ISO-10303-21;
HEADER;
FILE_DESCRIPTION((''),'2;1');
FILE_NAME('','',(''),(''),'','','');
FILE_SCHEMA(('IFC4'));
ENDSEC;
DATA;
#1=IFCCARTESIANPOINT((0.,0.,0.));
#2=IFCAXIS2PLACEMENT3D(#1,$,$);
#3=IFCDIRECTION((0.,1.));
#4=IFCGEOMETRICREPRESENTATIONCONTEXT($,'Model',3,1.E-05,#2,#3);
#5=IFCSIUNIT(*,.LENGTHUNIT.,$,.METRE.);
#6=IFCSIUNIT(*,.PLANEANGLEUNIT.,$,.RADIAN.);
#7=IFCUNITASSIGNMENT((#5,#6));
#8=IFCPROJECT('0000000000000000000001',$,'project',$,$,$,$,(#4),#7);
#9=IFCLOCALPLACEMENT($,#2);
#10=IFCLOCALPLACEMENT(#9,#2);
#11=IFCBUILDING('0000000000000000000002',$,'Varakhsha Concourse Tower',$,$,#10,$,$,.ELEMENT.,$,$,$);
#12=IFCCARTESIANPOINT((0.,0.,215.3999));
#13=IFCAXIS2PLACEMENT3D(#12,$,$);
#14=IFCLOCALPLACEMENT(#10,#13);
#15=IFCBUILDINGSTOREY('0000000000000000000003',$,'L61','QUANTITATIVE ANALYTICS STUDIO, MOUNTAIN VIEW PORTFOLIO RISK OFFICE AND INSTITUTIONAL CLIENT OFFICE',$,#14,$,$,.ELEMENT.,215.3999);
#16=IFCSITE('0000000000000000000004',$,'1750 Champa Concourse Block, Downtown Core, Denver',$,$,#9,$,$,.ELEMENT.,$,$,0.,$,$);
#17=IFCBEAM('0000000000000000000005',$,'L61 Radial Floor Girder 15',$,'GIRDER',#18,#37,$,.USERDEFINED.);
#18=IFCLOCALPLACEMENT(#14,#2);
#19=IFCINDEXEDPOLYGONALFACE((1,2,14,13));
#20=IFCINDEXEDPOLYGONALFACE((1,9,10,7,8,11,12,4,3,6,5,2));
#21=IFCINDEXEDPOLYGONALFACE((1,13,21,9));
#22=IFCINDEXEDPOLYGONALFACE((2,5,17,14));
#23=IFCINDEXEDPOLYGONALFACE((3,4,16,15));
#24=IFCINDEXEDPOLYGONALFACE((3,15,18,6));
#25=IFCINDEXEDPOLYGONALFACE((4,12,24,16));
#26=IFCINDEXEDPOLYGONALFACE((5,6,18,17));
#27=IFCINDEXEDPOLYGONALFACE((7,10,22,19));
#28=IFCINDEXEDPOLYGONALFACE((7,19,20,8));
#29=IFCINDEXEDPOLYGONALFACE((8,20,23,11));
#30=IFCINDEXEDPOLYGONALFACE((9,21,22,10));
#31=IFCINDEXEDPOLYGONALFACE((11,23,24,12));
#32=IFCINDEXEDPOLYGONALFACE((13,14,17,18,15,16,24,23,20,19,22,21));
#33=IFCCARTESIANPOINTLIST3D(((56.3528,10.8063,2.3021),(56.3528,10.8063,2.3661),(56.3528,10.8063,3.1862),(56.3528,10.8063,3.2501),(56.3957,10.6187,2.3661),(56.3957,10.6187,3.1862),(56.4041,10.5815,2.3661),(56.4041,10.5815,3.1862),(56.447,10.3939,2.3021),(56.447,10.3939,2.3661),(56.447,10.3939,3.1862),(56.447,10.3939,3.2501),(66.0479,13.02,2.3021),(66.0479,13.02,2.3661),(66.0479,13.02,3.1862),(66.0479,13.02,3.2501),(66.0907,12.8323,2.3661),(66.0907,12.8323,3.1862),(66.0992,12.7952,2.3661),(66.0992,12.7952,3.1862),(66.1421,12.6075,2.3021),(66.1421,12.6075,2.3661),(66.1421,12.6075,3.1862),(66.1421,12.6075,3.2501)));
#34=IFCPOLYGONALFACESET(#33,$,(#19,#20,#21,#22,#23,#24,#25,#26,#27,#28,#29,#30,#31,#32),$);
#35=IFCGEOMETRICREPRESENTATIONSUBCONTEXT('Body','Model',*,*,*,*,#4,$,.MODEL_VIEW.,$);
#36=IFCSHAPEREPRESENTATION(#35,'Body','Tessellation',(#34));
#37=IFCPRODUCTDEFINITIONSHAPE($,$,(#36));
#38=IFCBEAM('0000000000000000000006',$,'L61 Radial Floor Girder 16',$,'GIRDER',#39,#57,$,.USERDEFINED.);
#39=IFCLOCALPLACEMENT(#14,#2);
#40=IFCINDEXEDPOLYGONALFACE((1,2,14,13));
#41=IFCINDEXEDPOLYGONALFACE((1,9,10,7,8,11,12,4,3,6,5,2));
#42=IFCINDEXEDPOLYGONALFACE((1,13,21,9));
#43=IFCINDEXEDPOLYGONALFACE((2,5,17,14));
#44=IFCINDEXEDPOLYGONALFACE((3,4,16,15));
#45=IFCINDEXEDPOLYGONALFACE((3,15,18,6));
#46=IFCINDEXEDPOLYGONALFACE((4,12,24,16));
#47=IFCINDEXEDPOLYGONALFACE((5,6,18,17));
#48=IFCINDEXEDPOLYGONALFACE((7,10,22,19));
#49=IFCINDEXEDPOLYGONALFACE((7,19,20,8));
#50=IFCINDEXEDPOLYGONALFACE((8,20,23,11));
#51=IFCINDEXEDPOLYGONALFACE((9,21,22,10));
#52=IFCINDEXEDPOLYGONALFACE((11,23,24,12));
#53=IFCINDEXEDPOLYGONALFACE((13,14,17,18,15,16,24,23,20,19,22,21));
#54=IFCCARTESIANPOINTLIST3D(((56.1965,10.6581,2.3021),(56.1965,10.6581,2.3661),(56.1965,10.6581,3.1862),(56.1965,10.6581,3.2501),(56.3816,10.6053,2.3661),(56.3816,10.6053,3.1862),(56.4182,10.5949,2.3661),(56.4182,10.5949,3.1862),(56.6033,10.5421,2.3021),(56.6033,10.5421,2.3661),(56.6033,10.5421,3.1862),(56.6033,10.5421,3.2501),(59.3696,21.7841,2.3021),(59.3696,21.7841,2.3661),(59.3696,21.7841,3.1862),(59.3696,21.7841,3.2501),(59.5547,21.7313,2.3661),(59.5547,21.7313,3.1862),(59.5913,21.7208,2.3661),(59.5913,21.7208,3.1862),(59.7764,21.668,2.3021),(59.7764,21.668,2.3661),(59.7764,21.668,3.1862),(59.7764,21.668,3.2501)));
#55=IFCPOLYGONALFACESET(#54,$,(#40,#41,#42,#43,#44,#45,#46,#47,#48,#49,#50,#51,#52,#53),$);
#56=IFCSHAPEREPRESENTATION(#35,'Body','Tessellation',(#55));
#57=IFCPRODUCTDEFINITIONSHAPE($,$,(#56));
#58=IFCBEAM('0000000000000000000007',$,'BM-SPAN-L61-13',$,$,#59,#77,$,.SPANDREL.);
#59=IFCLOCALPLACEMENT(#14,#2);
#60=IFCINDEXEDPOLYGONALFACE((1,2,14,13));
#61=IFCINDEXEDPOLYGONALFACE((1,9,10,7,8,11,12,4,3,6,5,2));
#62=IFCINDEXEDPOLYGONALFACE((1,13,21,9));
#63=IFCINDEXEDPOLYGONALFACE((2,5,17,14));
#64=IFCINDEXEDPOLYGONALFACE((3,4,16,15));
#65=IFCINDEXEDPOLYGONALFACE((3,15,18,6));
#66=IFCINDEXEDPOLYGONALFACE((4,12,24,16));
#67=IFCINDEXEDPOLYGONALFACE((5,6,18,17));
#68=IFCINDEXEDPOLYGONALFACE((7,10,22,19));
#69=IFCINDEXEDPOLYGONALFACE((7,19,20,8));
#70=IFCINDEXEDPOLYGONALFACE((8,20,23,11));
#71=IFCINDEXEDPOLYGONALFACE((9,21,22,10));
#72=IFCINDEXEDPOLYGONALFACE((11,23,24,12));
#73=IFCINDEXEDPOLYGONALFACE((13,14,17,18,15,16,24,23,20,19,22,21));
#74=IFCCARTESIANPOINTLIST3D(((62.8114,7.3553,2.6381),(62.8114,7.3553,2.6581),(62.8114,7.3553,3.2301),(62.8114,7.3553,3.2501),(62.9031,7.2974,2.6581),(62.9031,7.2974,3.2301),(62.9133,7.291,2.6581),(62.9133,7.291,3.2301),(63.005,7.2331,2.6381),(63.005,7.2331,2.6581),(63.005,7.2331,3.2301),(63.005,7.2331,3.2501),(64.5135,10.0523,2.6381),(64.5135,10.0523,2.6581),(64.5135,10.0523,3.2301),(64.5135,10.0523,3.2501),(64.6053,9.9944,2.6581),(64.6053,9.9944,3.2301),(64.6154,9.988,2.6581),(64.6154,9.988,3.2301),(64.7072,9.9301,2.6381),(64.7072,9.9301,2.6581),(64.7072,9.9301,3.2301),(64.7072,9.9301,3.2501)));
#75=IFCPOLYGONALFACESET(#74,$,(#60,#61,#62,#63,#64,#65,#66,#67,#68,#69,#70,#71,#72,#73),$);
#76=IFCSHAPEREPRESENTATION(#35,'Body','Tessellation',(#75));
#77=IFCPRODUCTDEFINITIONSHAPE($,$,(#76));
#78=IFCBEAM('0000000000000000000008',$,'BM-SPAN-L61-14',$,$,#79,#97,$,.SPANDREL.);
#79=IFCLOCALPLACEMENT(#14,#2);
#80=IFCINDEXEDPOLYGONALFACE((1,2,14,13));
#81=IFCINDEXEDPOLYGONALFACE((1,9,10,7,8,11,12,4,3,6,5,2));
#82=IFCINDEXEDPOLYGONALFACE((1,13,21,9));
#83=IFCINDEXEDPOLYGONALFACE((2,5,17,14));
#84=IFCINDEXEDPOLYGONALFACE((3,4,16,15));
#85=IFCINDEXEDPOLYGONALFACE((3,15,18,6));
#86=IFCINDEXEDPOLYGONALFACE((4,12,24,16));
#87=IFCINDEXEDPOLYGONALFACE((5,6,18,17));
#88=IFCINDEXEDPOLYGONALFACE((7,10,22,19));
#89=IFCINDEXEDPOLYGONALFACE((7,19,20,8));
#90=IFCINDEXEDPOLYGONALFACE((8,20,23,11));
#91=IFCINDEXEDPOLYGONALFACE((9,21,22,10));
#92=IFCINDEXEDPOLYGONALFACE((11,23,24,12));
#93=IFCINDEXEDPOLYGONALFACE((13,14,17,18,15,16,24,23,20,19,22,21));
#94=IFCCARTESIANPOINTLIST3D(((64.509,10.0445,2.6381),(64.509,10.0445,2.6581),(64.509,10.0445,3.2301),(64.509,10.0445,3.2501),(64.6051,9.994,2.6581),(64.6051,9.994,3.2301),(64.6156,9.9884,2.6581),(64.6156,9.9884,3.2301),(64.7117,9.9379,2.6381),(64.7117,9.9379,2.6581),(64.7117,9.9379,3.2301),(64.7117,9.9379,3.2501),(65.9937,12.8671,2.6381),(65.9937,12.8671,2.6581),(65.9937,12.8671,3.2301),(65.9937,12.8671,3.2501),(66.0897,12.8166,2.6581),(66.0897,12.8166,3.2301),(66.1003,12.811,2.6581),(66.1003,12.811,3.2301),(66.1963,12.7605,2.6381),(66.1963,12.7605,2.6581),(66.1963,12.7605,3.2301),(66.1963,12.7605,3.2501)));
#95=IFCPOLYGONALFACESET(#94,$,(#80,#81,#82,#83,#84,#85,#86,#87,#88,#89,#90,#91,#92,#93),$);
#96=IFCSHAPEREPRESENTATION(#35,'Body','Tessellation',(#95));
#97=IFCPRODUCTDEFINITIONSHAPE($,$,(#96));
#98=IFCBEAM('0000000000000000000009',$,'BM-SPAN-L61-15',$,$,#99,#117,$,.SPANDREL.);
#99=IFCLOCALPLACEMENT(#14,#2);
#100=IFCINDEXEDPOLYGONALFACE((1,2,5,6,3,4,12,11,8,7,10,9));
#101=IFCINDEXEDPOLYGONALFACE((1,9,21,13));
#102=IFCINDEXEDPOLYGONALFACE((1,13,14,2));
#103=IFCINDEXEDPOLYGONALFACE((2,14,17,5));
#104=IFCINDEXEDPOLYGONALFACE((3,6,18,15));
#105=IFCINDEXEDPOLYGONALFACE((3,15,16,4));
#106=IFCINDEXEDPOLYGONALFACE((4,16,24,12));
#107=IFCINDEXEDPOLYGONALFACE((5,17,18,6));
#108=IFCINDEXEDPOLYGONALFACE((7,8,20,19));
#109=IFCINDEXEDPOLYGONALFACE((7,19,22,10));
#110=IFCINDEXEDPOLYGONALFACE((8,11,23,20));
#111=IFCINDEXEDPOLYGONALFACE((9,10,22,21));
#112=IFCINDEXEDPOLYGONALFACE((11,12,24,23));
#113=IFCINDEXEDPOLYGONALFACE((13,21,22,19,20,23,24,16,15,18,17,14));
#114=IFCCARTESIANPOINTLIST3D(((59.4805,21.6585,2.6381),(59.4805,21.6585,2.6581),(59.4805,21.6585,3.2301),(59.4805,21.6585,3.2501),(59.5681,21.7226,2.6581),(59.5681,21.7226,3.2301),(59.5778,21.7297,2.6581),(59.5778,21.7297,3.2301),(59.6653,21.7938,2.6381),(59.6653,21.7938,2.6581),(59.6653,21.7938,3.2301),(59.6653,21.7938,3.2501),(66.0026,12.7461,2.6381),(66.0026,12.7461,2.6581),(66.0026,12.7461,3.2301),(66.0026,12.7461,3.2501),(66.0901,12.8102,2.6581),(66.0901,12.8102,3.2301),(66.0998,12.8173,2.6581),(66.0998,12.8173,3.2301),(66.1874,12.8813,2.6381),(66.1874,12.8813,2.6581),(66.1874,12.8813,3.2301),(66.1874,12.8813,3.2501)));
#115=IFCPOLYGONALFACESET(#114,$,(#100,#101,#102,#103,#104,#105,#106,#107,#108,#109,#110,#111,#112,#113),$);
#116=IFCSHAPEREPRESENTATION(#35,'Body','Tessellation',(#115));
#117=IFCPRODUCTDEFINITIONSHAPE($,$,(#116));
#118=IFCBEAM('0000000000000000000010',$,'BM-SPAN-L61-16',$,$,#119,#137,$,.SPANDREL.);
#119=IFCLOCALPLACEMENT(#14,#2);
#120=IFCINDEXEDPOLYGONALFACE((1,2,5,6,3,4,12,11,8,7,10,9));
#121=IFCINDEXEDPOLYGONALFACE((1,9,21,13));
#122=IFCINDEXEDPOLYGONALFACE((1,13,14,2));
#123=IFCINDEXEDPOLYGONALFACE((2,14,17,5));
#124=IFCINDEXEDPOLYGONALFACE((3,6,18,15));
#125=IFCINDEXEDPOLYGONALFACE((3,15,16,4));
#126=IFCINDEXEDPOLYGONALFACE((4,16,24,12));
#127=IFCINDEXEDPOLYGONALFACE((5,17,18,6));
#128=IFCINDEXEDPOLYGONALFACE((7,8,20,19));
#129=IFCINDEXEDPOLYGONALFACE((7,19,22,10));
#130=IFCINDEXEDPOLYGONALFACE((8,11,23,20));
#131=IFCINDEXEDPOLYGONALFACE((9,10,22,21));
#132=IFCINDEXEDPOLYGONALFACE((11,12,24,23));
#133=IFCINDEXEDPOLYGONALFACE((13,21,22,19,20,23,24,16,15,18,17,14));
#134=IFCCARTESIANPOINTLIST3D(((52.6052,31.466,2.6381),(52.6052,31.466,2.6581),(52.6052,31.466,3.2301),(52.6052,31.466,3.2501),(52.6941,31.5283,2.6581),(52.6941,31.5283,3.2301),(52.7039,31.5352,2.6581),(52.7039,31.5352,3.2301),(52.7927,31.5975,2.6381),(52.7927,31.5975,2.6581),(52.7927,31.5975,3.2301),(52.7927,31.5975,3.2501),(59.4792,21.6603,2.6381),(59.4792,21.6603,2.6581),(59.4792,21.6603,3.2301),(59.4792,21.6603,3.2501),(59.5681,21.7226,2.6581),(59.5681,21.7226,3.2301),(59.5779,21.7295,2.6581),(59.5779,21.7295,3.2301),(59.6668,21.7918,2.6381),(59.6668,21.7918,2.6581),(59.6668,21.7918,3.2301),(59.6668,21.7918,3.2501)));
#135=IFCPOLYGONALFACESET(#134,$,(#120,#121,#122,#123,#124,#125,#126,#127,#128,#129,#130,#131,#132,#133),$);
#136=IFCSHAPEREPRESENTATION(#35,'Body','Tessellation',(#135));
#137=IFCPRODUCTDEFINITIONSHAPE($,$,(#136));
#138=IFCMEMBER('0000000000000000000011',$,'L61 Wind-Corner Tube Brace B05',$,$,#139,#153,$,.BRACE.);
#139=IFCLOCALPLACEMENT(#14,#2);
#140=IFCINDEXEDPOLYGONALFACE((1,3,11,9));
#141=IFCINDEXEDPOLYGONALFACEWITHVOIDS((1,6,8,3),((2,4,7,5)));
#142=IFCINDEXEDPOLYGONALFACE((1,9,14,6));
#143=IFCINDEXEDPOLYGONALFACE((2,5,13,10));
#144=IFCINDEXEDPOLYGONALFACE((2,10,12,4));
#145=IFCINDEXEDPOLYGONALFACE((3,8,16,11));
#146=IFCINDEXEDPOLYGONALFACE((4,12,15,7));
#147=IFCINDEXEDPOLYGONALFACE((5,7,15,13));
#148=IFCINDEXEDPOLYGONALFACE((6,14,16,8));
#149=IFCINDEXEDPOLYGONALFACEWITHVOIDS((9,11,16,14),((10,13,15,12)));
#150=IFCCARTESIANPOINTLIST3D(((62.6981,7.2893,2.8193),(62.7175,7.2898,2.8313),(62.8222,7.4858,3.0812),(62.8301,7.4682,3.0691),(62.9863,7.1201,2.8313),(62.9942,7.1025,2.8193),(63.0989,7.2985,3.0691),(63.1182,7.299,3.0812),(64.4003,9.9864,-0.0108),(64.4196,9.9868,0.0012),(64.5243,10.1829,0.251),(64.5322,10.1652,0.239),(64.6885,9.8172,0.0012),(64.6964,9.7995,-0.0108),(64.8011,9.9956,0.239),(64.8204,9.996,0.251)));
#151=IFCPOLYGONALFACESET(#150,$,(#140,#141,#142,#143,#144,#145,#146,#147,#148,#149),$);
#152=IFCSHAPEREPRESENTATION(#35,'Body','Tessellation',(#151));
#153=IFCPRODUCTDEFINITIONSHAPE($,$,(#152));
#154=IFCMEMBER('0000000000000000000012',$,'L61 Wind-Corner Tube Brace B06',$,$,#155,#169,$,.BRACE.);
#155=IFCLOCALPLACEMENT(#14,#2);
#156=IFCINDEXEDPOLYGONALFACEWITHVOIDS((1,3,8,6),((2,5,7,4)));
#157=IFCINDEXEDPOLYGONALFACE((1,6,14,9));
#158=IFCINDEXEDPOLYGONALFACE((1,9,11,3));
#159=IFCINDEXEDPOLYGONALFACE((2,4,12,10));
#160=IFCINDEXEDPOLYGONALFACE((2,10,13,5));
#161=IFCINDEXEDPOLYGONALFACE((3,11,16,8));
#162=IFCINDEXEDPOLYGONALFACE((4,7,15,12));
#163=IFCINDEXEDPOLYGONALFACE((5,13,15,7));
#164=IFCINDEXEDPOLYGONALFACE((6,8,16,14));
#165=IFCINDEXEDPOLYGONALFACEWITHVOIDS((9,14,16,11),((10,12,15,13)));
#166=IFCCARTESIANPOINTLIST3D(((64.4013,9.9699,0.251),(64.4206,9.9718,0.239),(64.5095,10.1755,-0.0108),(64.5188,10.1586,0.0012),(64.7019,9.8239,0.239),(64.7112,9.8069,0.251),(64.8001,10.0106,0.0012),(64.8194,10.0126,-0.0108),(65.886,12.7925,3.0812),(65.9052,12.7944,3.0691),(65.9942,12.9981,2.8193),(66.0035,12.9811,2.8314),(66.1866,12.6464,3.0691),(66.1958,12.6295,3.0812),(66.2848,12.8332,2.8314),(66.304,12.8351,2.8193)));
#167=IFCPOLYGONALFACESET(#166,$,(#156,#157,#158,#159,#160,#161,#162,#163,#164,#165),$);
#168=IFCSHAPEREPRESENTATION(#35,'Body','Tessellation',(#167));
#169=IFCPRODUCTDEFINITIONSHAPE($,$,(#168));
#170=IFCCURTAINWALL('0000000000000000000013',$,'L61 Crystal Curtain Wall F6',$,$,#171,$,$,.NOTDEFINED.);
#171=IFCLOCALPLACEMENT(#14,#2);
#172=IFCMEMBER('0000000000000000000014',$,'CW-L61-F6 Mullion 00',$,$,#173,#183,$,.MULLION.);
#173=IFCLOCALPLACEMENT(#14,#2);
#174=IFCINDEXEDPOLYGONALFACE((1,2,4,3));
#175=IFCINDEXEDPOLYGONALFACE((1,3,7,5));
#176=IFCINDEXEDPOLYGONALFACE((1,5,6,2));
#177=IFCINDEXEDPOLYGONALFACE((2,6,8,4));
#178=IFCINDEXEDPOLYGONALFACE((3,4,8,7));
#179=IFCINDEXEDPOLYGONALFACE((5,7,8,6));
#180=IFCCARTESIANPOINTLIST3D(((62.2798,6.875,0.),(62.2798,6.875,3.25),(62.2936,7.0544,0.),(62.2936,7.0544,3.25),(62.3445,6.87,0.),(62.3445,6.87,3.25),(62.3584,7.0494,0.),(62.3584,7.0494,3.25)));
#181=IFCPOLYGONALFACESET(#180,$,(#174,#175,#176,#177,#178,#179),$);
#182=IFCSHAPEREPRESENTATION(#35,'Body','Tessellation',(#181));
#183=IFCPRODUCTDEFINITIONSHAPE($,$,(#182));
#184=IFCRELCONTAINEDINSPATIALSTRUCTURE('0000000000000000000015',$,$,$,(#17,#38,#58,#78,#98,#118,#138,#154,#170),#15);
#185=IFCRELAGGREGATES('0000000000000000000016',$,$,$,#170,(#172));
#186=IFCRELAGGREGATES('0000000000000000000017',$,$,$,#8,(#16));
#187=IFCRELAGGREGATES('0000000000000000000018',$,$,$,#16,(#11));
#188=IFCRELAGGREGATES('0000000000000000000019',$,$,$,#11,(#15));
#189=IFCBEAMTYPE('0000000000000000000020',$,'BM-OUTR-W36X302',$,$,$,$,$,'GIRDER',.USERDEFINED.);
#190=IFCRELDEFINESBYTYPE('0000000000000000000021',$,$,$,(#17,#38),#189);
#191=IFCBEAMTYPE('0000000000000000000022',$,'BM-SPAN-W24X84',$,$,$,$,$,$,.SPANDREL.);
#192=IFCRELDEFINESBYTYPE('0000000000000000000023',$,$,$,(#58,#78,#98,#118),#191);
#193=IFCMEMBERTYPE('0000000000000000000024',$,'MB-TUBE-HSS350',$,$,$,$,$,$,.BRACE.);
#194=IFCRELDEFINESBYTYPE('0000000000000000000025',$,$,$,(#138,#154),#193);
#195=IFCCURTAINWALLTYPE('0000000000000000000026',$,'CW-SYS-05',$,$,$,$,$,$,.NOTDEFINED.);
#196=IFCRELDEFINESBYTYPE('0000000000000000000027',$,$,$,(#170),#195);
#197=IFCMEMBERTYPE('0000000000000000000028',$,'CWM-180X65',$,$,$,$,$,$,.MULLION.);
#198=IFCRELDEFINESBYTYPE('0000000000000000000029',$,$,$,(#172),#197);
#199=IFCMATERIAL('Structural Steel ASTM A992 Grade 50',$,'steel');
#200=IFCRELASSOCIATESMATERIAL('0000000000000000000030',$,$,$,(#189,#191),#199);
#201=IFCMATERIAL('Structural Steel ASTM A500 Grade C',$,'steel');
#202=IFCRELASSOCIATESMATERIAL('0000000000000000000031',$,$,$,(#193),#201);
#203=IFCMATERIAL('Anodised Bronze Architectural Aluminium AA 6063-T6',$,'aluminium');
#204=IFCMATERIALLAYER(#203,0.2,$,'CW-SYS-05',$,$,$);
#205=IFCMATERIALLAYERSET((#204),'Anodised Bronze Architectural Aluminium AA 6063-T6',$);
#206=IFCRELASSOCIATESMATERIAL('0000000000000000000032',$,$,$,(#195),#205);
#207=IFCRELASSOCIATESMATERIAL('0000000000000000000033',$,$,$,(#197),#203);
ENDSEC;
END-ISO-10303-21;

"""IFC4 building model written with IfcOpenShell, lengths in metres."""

from ifc_helpers import new_model, si_unit, direction, frame, origin, origin_2d, place, context, subcontext, project, spatial, rectangle, hollow_rectangle, i_section, extrude, source, transform, mapped, material, layer, layer_set, material_profile, profile_set, type_object, type_shapes, element, aggregate, save


model = new_model("IFC4")

# Units and contexts
model_context = context("Model", 3, precision=1e-05, world=origin(), true_north=direction((0.0, 1.0)))
body_context = subcontext(model_context, "Body", "Model", "MODEL_VIEW")
ifc_project = project(units=[si_unit("LENGTHUNIT", "METRE"), si_unit("PLANEANGLEUNIT", "RADIAN")], contexts=[model_context])

# Site, building, storey
site_placement = place(None, origin())
site = spatial("IfcSite", under=ifc_project, at=site_placement, Name="1750 Champa Concourse Block, Downtown Core, Denver", CompositionType="ELEMENT", RefElevation=0.0)
building_placement = place(site_placement, origin())
building = spatial("IfcBuilding", under=site, at=building_placement, Name="Varakhsha Concourse Tower", CompositionType="ELEMENT")
storey_placement = place(building_placement, frame((0.0, 0.0, 215.3999)))
storey = spatial("IfcBuildingStorey", under=building, at=storey_placement, Name="L61", Description="QUANTITATIVE ANALYTICS STUDIO, MOUNTAIN VIEW PORTFOLIO RISK OFFICE AND INSTITUTIONAL CLIENT OFFICE", CompositionType="ELEMENT", Elevation=215.3999)

# Beams
ifc_material_1 = material(Name="Structural Steel ASTM A992 Grade 50", Category="steel")
ifc_material_profile_1 = material_profile(ifc_material_1, i_section(OverallWidth=0.4231, OverallDepth=0.948, WebThickness=0.0381, FlangeThickness=0.064, at=origin_2d()), Name="W36X302")
ifc_profile_set_1 = profile_set([ifc_material_profile_1], Name="Structural Steel ASTM A992 Grade 50")
beam_type_1 = type_object("IfcBeamType", Name="BM-OUTR-W36X302", ElementType="GIRDER", PredefinedType="USERDEFINED", material=ifc_profile_set_1)
beam_1_placement = place(storey_placement, frame((56.3999, 10.6001, 2.7761), z_axis=(0.974911, 0.222596, 0.0), x_axis=(-0.222596, 0.974911, 0.0)))
element("IfcBeam", 1, at=beam_1_placement, inside=storey, type_object=beam_type_1, Name="L61 Radial Floor Girder 15", ObjectType="GIRDER", PredefinedType="USERDEFINED", context=body_context, shape_type="SweptSolid", body=[
    extrude(i_section(OverallWidth=0.4231, OverallDepth=0.948, WebThickness=0.0381, FlangeThickness=0.064, at=origin_2d()), origin(), (0.0, 0.0, 1.0), 9.9446),
])
beam_2_placement = place(storey_placement, frame((56.3999, 10.6001, 2.7761), z_axis=(0.274261, 0.961655, 0.0), x_axis=(-0.961655, 0.274261, 0.0)))
element("IfcBeam", 2, at=beam_2_placement, inside=storey, type_object=beam_type_1, Name="L61 Radial Floor Girder 16", ObjectType="GIRDER", PredefinedType="USERDEFINED", context=body_context, shape_type="SweptSolid", body=[
    extrude(i_section(OverallWidth=0.4231, OverallDepth=0.948, WebThickness=0.0381, FlangeThickness=0.064, at=origin_2d()), origin(), (0.0, 0.0, 1.0), 11.5696),
])
ifc_material_profile_2 = material_profile(ifc_material_1, i_section(OverallWidth=0.229, OverallDepth=0.6121, WebThickness=0.012, FlangeThickness=0.02, at=origin_2d()), Name="W24X84")
ifc_profile_set_2 = profile_set([ifc_material_profile_2], Name="Structural Steel ASTM A992 Grade 50")
beam_type_2 = type_object("IfcBeamType", Name="BM-SPAN-W24X84", PredefinedType="SPANDREL", material=ifc_profile_set_2)
for number, where, z_axis, x_axis, name in (
    (3, (62.9082, 7.2942, 2.9441), (0.533716, 0.845663, 0.0), (-0.845663, 0.533716, 0.0), "BM-SPAN-L61-13"),
    (4, (64.6104, 9.9912, 2.9441), (0.465522, 0.885036, 0.0), (-0.885036, 0.465522, 0.0), "BM-SPAN-L61-14"),
):
    element("IfcBeam", number, at=place(storey_placement, frame(where, z_axis=z_axis, x_axis=x_axis)), inside=storey, type_object=beam_type_2, Name=name, PredefinedType="SPANDREL", context=body_context, shape_type="SweptSolid", body=[
        extrude(i_section(OverallWidth=0.229, OverallDepth=0.6121, WebThickness=0.012, FlangeThickness=0.02, at=origin_2d()), origin(), (0.0, 0.0, 1.0), 3.1892),
    ])
beam_3_placement = place(storey_placement, frame((66.095, 12.8137, 2.9441), z_axis=(-0.590554, 0.806998, 0.0), x_axis=(-0.806998, -0.590554, 0.0)))
element("IfcBeam", 5, at=beam_3_placement, inside=storey, type_object=beam_type_2, Name="BM-SPAN-L61-15", PredefinedType="SPANDREL", context=body_context, shape_type="SweptSolid", body=[
    extrude(i_section(OverallWidth=0.229, OverallDepth=0.6121, WebThickness=0.012, FlangeThickness=0.02, at=origin_2d()), origin(), (0.0, 0.0, 1.0), 11.0439),
])
beam_4_placement = place(storey_placement, frame((59.573, 21.7261, 2.9441), z_axis=(-0.574026, 0.818837, 0.0), x_axis=(-0.818837, -0.574026, 0.0)))
element("IfcBeam", 6, at=beam_4_placement, inside=storey, type_object=beam_type_2, Name="BM-SPAN-L61-16", PredefinedType="SPANDREL", context=body_context, shape_type="SweptSolid", body=[
    extrude(i_section(OverallWidth=0.229, OverallDepth=0.6121, WebThickness=0.012, FlangeThickness=0.02, at=origin_2d()), origin(), (0.0, 0.0, 1.0), 11.9751),
])

# Members
ifc_material_2 = material(Name="Structural Steel ASTM A500 Grade C", Category="steel")
ifc_material_profile_3 = material_profile(ifc_material_2, hollow_rectangle(XDim=0.3501, YDim=0.3501, WallThickness=0.0161, at=origin_2d()), Name="HSS 350x350x16")
ifc_profile_set_3 = profile_set([ifc_material_profile_3], Name="Structural Steel ASTM A500 Grade C")
member_type_1 = type_object("IfcMemberType", Name="MB-TUBE-HSS350", PredefinedType="BRACE", material=ifc_profile_set_3)
shared_shape_1 = source(origin(), body_context, "Body", "SweptSolid", [
    extrude(hollow_rectangle(XDim=0.3501, YDim=0.3501, WallThickness=0.0161, at=origin_2d()), origin(), (0.0, 0.0, 1.0), 4.2639),
])
type_shapes(member_type_1, [shared_shape_1])
for number, where, z_axis, x_axis, name in (
    (7, (64.6104, 9.9912, 0.1201), (-0.399203, -0.632529, 0.663735), (0.845663, -0.533716, 0.0), "L61 Wind-Corner Tube Brace B05"),
    (8, (64.6104, 9.9912, 0.1201), (0.348191, 0.66197, 0.663745), (-0.885036, 0.465522, 0.0), "L61 Wind-Corner Tube Brace B06"),
):
    element("IfcMember", number, at=place(storey_placement, frame(where, z_axis=z_axis, x_axis=x_axis)), inside=storey, type_object=member_type_1, Name=name, PredefinedType="BRACE", context=body_context, shape_type="MappedRepresentation", body=[
        mapped(shared_shape_1, transform((0.0, 0.0, 0.0), scale=1.0)),
    ])

# Curtain wall, member
ifc_material_3 = material(Name="Anodised Bronze Architectural Aluminium AA 6063-T6", Category="aluminium")
ifc_layer_1 = layer(ifc_material_3, 0.2, Name="CW-SYS-05")
ifc_layer_set_1 = layer_set([ifc_layer_1], Name="Anodised Bronze Architectural Aluminium AA 6063-T6")
curtain_wall_type = type_object("IfcCurtainWallType", Name="CW-SYS-05", PredefinedType="NOTDEFINED", material=ifc_layer_set_1)
curtain_wall_1_placement = place(storey_placement, origin())
curtain_wall_1 = element("IfcCurtainWall", 9, at=curtain_wall_1_placement, inside=storey, type_object=curtain_wall_type, Name="L61 Crystal Curtain Wall F6", PredefinedType="NOTDEFINED")
ifc_material_profile_4 = material_profile(ifc_material_3, rectangle(XDim=0.0649, YDim=0.1799, at=origin_2d()), Name="CWM-180X65")
ifc_profile_set_4 = profile_set([ifc_material_profile_4], Name="Anodised Bronze Architectural Aluminium AA 6063-T6")
member_type_2 = type_object("IfcMemberType", Name="CWM-180X65", PredefinedType="MULLION", material=ifc_profile_set_4)
shared_shape_2 = source(origin(), body_context, "Body", "SweptSolid", [
    extrude(rectangle(XDim=0.0649, YDim=0.1799, at=origin_2d()), origin(), (0.0, 0.0, 1.0), 3.25),
])
type_shapes(member_type_2, [shared_shape_2])
member_1_placement = place(storey_placement, frame((62.3191, 6.9622, 0.0), z_axis=(0.0, 0.0, 1.0), x_axis=(-0.997034, 0.076961, 0.0)))
member_1 = element("IfcMember", 10, at=member_1_placement, type_object=member_type_2, Name="CW-L61-F6 Mullion 00", PredefinedType="MULLION", context=body_context, shape_type="MappedRepresentation", body=[
    mapped(shared_shape_2, transform((0.0, 0.0, 0.0), scale=1.0)),
])

aggregate(curtain_wall_1, [member_1])

save(model, "model.ifc")
